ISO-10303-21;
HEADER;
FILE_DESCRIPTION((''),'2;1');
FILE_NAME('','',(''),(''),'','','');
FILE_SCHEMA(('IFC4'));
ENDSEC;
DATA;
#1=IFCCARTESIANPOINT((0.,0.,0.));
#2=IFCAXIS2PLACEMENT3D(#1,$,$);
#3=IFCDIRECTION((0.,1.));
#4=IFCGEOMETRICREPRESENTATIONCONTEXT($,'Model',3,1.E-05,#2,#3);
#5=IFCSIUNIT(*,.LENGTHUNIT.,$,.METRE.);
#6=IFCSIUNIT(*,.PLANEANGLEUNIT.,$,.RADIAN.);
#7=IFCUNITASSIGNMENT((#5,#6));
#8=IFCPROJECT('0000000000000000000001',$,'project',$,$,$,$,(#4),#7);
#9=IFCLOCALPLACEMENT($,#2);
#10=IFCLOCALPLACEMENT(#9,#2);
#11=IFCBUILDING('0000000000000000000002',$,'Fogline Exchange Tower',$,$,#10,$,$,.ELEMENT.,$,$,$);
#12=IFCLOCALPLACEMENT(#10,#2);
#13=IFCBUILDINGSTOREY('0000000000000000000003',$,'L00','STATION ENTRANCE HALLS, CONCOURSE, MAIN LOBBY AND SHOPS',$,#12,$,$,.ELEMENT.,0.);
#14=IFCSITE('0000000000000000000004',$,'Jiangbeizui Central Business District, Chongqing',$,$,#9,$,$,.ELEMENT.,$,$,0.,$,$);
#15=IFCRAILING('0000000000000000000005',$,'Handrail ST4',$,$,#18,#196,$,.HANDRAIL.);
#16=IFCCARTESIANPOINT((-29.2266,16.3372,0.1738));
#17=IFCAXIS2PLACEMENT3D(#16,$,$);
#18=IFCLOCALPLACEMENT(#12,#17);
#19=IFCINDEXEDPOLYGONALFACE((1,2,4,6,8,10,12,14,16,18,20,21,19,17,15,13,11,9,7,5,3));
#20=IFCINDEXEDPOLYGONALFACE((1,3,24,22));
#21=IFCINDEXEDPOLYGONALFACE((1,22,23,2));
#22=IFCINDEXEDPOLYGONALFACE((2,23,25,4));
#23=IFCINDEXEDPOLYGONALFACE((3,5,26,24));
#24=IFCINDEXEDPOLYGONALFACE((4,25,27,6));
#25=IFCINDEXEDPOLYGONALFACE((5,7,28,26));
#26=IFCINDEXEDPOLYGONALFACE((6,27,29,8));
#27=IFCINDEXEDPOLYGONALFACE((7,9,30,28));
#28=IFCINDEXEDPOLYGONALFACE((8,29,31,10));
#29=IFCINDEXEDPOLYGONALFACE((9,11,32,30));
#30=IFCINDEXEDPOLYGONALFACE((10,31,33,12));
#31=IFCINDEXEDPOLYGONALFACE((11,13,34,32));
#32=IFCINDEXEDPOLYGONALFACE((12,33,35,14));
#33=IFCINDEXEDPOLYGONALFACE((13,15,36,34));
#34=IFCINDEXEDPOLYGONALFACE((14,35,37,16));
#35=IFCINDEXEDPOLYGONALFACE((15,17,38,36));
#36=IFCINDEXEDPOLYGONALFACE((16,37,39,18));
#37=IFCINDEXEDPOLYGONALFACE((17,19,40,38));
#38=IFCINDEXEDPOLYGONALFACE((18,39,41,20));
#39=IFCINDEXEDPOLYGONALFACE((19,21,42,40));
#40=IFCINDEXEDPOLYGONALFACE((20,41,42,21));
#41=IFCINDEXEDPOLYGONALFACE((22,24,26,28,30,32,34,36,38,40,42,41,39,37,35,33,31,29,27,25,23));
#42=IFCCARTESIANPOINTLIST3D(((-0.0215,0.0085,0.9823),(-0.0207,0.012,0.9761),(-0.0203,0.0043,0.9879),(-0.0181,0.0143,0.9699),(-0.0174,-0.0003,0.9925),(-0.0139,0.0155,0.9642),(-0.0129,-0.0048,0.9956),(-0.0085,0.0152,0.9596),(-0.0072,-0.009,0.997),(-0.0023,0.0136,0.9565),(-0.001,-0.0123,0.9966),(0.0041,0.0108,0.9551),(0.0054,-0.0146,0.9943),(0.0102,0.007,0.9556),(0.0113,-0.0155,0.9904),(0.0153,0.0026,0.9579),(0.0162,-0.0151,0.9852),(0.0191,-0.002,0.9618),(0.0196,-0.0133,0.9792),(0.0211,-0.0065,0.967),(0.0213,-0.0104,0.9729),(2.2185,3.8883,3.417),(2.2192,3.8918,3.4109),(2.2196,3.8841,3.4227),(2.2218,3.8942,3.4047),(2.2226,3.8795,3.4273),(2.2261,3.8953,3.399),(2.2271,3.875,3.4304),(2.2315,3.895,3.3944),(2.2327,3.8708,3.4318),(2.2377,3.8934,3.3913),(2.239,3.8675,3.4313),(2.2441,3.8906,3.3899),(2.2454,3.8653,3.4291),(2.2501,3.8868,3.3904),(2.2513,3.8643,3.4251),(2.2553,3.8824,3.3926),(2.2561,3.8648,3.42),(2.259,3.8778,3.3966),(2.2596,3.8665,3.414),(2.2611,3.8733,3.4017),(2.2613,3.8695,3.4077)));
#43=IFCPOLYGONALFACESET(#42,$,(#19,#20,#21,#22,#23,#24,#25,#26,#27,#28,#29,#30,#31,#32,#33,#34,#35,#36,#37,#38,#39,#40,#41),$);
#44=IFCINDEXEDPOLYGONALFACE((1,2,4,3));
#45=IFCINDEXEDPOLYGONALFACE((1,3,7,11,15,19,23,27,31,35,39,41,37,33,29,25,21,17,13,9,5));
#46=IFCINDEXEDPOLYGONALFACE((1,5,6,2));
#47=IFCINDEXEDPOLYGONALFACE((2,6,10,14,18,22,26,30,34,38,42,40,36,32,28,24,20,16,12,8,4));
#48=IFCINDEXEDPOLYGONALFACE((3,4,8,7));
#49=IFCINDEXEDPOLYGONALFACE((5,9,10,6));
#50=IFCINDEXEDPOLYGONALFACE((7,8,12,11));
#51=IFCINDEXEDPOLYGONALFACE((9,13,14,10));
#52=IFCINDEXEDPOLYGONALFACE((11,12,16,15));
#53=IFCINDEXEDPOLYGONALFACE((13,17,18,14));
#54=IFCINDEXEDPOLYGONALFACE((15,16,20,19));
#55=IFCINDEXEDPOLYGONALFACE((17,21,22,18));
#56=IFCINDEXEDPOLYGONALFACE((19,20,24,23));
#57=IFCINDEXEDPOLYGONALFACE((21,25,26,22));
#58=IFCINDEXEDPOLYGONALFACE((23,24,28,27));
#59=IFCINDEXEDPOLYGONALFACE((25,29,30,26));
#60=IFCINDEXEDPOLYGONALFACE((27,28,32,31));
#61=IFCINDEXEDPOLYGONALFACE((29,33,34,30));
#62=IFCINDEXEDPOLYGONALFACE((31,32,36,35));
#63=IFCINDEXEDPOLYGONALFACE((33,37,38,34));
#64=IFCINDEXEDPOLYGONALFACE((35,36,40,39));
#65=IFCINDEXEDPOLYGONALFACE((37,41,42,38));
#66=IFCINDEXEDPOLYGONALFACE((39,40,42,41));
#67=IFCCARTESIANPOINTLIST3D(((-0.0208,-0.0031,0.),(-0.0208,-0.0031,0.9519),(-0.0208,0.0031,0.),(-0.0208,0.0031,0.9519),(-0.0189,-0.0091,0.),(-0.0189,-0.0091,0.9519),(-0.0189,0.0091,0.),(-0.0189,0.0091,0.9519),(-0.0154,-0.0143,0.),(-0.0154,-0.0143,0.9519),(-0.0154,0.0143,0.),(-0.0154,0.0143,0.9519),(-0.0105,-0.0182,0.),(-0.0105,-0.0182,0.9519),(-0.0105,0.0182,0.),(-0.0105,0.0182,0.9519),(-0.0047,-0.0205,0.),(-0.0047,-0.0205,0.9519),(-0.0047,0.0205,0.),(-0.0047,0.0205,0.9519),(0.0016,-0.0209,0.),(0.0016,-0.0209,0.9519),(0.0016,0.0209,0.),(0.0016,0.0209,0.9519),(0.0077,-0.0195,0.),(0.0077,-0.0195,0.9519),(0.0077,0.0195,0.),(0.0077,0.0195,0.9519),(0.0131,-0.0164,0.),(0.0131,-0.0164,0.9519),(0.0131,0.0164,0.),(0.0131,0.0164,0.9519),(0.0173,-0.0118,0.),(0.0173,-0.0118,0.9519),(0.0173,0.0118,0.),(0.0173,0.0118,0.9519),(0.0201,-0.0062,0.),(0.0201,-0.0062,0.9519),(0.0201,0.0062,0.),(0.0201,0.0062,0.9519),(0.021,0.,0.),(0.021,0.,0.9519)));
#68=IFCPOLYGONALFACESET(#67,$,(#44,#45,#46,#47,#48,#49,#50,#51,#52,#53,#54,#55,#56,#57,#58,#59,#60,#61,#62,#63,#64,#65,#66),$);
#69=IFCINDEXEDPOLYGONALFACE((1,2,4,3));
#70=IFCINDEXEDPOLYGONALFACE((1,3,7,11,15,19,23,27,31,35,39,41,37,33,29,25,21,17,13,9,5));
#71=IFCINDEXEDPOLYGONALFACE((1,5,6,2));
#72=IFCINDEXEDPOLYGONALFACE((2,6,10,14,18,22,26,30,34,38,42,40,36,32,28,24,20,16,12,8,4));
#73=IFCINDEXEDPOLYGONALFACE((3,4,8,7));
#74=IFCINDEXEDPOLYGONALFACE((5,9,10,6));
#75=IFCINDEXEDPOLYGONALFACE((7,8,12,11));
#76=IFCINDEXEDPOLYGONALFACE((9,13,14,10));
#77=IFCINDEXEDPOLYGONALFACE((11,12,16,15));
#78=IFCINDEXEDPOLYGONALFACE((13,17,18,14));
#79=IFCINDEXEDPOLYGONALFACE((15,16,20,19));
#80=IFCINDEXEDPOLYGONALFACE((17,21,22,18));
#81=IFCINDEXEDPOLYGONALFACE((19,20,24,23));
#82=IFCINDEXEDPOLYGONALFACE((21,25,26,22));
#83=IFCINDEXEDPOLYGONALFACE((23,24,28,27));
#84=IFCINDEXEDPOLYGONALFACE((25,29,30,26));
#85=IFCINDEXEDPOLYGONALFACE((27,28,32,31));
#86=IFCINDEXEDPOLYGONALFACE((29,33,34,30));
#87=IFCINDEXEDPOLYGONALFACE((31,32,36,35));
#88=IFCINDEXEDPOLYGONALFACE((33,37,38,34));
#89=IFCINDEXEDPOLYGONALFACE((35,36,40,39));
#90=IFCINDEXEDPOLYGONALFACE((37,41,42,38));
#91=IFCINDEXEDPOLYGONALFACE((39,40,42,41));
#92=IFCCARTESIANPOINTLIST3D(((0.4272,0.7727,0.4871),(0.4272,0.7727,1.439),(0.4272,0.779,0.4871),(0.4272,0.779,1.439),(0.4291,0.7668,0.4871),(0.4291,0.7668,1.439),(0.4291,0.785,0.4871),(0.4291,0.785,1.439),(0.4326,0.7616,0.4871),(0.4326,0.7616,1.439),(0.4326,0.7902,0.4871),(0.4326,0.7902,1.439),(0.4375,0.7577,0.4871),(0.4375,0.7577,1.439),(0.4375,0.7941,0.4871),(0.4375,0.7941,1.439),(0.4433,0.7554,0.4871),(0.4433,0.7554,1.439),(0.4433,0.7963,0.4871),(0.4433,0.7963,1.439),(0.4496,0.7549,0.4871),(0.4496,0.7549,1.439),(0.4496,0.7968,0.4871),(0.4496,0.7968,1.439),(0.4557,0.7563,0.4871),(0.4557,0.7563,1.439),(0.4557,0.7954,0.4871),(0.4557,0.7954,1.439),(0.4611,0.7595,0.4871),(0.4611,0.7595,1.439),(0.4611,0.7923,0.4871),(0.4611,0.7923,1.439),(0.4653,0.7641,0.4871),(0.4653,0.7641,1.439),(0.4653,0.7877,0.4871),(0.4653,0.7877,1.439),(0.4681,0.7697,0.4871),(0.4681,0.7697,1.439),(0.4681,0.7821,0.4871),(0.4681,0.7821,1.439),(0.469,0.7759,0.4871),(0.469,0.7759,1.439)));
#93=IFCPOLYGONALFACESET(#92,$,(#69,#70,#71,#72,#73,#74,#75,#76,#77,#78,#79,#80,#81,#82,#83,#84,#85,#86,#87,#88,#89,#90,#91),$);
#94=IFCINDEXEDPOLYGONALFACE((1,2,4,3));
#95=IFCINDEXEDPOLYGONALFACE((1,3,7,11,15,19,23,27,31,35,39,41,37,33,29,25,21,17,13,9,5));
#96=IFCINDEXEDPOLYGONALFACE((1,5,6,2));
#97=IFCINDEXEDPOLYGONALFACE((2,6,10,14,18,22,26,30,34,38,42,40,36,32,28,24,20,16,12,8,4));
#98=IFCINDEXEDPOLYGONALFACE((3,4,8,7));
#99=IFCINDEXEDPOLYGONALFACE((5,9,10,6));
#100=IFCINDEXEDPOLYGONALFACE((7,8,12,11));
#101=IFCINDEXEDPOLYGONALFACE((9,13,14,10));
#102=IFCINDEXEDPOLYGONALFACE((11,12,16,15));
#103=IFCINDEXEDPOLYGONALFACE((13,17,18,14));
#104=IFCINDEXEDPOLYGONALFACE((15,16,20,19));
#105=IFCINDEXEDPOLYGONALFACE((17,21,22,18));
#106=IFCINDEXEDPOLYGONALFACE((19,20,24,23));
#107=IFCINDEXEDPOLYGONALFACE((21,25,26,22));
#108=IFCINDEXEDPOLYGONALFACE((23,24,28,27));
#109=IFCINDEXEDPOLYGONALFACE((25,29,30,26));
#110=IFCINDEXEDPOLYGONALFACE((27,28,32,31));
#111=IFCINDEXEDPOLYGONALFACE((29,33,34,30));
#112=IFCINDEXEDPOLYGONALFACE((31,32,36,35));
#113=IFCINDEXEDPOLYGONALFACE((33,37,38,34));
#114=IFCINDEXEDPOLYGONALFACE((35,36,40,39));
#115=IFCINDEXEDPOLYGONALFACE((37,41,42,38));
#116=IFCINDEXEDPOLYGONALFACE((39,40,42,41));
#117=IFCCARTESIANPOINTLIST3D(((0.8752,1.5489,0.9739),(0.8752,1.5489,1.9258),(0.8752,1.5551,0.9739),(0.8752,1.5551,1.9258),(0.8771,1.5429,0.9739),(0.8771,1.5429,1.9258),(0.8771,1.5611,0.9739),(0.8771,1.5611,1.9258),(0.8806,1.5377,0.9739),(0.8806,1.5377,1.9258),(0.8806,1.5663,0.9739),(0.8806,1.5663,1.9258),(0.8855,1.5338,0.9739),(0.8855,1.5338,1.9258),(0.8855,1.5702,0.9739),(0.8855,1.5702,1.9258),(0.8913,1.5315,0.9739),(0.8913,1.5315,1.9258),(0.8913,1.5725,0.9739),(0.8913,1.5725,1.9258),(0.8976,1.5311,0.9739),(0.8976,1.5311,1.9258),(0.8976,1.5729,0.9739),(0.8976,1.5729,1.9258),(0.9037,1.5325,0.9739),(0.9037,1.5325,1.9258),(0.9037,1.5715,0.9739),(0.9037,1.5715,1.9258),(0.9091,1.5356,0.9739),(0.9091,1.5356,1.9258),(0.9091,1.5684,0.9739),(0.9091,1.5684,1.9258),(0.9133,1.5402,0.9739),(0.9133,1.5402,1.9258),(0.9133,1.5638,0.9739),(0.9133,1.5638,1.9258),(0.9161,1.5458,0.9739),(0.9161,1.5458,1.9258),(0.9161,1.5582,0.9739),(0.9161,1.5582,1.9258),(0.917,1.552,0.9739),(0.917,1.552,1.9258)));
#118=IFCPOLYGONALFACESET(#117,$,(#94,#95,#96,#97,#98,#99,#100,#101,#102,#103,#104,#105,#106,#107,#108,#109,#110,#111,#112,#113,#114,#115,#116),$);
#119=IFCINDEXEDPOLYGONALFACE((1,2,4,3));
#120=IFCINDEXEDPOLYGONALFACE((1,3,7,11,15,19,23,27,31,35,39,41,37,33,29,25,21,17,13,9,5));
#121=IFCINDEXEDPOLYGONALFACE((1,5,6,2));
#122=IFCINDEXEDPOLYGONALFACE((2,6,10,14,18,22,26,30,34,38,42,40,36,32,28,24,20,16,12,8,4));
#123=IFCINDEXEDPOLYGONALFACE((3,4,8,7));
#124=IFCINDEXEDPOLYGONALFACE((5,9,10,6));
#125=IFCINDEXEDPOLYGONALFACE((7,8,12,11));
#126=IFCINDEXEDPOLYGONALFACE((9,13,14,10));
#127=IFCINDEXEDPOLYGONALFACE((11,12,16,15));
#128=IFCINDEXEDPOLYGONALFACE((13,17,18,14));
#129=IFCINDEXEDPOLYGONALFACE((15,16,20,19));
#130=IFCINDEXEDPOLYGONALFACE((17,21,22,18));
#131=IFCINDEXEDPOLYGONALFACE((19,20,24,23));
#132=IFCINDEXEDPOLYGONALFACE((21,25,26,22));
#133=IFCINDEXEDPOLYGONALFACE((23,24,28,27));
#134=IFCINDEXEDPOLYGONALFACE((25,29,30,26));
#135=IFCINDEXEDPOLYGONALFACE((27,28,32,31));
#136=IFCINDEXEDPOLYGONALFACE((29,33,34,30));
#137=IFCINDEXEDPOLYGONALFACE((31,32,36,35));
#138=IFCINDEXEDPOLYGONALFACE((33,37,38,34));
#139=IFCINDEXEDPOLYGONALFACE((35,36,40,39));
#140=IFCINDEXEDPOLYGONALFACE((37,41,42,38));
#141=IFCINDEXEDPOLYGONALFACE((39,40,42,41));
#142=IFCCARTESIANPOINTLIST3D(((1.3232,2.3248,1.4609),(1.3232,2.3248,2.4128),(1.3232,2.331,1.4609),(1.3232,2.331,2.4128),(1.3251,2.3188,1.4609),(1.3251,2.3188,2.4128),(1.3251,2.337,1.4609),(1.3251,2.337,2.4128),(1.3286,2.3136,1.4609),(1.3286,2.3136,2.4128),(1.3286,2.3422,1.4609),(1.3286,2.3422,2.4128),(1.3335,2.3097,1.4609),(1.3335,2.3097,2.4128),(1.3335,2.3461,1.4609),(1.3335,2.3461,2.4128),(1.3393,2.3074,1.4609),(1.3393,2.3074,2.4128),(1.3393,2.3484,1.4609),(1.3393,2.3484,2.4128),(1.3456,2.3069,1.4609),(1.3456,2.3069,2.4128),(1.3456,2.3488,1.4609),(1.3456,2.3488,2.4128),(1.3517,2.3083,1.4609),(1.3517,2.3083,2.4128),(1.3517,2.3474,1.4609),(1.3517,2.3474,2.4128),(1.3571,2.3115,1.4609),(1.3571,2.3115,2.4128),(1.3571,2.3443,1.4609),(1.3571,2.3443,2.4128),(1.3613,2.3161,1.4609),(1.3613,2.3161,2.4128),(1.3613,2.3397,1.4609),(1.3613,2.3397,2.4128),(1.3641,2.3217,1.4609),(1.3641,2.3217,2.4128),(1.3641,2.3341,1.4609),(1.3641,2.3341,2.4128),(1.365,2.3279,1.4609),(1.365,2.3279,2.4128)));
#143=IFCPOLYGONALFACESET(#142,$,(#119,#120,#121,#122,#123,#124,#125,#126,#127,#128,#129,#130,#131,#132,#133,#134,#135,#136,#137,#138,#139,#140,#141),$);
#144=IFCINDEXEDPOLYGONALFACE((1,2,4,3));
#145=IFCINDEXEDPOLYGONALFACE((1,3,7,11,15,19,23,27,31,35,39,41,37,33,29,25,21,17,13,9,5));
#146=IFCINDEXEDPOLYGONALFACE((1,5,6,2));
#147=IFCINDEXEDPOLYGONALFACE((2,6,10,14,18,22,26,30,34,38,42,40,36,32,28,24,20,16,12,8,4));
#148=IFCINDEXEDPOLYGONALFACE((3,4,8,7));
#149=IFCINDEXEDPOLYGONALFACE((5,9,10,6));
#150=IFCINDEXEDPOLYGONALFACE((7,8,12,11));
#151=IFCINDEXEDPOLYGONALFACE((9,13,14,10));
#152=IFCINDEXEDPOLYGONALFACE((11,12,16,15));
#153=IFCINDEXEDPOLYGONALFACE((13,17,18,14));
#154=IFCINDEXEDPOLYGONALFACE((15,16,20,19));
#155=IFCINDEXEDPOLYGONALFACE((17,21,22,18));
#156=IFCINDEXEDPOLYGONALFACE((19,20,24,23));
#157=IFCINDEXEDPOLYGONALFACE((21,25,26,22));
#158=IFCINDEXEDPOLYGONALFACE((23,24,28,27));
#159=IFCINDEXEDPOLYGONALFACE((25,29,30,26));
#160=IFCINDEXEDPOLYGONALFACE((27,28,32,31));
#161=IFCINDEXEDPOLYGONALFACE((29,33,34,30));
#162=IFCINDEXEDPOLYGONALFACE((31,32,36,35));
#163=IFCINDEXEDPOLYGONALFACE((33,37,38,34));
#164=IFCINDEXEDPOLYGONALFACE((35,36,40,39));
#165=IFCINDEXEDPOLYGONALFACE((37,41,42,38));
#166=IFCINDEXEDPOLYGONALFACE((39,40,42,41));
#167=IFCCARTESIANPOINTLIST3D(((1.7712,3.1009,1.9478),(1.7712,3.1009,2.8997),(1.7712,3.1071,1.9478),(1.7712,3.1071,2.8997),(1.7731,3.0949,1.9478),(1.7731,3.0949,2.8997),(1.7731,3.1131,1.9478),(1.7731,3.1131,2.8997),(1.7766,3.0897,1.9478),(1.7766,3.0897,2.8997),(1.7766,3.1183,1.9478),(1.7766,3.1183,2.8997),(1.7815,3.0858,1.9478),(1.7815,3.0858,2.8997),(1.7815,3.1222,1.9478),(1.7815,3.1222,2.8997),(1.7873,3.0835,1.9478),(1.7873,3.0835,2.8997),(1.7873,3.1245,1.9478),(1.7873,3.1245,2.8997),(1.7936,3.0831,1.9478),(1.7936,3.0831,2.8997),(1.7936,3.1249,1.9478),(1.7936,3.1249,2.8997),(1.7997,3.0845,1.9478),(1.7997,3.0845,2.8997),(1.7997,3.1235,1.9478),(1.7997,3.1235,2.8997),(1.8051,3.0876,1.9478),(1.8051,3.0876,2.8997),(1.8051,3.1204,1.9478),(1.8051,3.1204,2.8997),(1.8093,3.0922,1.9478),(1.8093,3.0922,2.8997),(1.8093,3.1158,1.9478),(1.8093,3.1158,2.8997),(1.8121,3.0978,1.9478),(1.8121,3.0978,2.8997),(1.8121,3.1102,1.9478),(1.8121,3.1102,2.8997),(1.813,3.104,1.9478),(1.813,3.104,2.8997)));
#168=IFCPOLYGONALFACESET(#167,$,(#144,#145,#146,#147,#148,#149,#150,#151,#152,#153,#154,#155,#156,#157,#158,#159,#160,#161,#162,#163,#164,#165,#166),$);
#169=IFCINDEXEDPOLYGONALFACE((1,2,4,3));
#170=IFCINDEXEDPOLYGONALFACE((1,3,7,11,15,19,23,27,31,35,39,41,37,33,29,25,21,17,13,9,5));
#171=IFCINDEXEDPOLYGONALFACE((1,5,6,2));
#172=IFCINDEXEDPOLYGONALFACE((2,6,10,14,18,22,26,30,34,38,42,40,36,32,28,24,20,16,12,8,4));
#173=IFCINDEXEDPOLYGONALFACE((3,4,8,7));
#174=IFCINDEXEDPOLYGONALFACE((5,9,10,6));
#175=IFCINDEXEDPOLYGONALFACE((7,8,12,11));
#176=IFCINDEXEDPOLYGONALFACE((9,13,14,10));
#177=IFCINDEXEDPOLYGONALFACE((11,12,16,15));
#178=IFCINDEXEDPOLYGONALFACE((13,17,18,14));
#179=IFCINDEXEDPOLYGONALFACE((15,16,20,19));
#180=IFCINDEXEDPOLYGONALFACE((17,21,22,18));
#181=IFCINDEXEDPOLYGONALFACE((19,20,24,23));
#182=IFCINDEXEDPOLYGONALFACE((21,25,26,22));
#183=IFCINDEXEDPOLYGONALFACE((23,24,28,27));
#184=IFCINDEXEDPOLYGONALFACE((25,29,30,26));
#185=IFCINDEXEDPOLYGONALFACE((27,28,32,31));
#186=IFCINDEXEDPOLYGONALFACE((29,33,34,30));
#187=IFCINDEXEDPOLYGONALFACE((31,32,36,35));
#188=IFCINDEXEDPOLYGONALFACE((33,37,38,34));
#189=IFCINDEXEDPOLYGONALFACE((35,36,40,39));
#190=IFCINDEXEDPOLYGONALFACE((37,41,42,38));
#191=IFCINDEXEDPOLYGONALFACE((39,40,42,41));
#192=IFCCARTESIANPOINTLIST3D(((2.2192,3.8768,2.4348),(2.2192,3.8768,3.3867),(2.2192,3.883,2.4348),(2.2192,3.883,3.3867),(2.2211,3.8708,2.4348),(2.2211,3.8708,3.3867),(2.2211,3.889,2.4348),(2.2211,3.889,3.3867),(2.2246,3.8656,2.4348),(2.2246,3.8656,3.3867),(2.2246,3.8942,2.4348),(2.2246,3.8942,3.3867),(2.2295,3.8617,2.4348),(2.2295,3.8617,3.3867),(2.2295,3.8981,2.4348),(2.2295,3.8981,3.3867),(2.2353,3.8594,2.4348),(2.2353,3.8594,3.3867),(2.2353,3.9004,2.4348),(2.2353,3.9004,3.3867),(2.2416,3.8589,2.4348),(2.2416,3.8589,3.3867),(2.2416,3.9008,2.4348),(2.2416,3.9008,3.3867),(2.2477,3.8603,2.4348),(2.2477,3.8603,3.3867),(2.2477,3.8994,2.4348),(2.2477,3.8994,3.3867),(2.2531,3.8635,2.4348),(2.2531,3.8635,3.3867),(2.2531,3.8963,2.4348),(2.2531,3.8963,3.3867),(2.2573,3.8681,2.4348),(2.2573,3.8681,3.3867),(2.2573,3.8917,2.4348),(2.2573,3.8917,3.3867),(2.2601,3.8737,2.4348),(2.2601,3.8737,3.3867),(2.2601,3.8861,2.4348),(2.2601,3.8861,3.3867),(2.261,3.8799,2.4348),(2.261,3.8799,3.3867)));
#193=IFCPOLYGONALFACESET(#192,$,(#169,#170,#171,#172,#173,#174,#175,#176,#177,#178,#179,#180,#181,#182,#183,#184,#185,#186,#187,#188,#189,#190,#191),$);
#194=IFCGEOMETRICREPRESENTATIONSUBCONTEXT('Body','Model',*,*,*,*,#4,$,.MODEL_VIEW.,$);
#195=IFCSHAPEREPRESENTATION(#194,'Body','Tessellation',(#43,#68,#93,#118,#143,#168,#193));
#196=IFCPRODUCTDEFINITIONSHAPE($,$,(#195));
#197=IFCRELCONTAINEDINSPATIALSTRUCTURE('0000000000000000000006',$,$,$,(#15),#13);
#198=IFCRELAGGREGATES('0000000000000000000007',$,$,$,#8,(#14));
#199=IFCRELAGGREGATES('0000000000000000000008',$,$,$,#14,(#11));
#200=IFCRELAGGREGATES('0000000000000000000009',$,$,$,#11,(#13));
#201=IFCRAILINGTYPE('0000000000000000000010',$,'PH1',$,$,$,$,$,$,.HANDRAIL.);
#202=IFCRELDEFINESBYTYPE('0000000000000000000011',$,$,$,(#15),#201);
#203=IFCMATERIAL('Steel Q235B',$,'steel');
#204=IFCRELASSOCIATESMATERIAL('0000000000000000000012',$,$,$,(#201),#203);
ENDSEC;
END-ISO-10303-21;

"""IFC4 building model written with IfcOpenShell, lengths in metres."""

from ifc_helpers import new_model, si_unit, direction, frame, origin, origin_2d, place, context, subcontext, project, spatial, circle, extrude, material, type_object, element, save


model = new_model("IFC4")

# Units and contexts
model_context = context("Model", 3, precision=1e-05, world=origin(), true_north=direction((0.0, 1.0)))
body_context = subcontext(model_context, "Body", "Model", "MODEL_VIEW")
ifc_project = project(units=[si_unit("LENGTHUNIT", "METRE"), si_unit("PLANEANGLEUNIT", "RADIAN")], contexts=[model_context])

# Site, building, storey
site_placement = place(None, origin())
site = spatial("IfcSite", under=ifc_project, at=site_placement, Name="Jiangbeizui Central Business District, Chongqing", CompositionType="ELEMENT", RefElevation=0.0)
building_placement = place(site_placement, origin())
building = spatial("IfcBuilding", under=site, at=building_placement, Name="Fogline Exchange Tower", CompositionType="ELEMENT")
storey_placement = place(building_placement, origin())
storey = spatial("IfcBuildingStorey", under=building, at=storey_placement, Name="L00", Description="STATION ENTRANCE HALLS, CONCOURSE, MAIN LOBBY AND SHOPS", CompositionType="ELEMENT", Elevation=0.0)

# Railing
ifc_material_1 = material(Name="Steel Q235B", Category="steel")
railing_type_1 = type_object("IfcRailingType", Name="PH1", PredefinedType="HANDRAIL", material=ifc_material_1)
for number, where, name in (
    (1, (-29.2266, 16.3372, 0.1738), "Handrail ST4"),
):
    element("IfcRailing", number, at=place(storey_placement, frame(where)), inside=storey, type_object=railing_type_1, Name=name, PredefinedType="HANDRAIL", context=body_context, shape_type="SweptSolid", body=[
        extrude(circle(Radius=0.0239, at=origin_2d()), frame((0.0, 0.0, 0.9761), z_axis=(0.439304, 0.760917, 0.477512), x_axis=(-0.866031, 0.49999, 0.0)), (0.0, 0.0, 1.0), 5.0989),
        extrude(circle(Radius=0.021, at=origin_2d()), origin(), (0.0, 0.0, 1.0), 0.9519),
        extrude(circle(Radius=0.021, at=origin_2d()), frame((0.448, 0.7759, 0.4871)), (0.0, 0.0, 1.0), 0.9519),
        extrude(circle(Radius=0.021, at=origin_2d()), frame((0.896, 1.552, 0.9739)), (0.0, 0.0, 1.0), 0.9519),
        extrude(circle(Radius=0.021, at=origin_2d()), frame((1.344, 2.3279, 1.4609)), (0.0, 0.0, 1.0), 0.9519),
        extrude(circle(Radius=0.021, at=origin_2d()), frame((1.792, 3.104, 1.9478)), (0.0, 0.0, 1.0), 0.9519),
        extrude(circle(Radius=0.021, at=origin_2d()), frame((2.24, 3.8799, 2.4348)), (0.0, 0.0, 1.0), 0.9519),
    ])

save(model, "model.ifc")
